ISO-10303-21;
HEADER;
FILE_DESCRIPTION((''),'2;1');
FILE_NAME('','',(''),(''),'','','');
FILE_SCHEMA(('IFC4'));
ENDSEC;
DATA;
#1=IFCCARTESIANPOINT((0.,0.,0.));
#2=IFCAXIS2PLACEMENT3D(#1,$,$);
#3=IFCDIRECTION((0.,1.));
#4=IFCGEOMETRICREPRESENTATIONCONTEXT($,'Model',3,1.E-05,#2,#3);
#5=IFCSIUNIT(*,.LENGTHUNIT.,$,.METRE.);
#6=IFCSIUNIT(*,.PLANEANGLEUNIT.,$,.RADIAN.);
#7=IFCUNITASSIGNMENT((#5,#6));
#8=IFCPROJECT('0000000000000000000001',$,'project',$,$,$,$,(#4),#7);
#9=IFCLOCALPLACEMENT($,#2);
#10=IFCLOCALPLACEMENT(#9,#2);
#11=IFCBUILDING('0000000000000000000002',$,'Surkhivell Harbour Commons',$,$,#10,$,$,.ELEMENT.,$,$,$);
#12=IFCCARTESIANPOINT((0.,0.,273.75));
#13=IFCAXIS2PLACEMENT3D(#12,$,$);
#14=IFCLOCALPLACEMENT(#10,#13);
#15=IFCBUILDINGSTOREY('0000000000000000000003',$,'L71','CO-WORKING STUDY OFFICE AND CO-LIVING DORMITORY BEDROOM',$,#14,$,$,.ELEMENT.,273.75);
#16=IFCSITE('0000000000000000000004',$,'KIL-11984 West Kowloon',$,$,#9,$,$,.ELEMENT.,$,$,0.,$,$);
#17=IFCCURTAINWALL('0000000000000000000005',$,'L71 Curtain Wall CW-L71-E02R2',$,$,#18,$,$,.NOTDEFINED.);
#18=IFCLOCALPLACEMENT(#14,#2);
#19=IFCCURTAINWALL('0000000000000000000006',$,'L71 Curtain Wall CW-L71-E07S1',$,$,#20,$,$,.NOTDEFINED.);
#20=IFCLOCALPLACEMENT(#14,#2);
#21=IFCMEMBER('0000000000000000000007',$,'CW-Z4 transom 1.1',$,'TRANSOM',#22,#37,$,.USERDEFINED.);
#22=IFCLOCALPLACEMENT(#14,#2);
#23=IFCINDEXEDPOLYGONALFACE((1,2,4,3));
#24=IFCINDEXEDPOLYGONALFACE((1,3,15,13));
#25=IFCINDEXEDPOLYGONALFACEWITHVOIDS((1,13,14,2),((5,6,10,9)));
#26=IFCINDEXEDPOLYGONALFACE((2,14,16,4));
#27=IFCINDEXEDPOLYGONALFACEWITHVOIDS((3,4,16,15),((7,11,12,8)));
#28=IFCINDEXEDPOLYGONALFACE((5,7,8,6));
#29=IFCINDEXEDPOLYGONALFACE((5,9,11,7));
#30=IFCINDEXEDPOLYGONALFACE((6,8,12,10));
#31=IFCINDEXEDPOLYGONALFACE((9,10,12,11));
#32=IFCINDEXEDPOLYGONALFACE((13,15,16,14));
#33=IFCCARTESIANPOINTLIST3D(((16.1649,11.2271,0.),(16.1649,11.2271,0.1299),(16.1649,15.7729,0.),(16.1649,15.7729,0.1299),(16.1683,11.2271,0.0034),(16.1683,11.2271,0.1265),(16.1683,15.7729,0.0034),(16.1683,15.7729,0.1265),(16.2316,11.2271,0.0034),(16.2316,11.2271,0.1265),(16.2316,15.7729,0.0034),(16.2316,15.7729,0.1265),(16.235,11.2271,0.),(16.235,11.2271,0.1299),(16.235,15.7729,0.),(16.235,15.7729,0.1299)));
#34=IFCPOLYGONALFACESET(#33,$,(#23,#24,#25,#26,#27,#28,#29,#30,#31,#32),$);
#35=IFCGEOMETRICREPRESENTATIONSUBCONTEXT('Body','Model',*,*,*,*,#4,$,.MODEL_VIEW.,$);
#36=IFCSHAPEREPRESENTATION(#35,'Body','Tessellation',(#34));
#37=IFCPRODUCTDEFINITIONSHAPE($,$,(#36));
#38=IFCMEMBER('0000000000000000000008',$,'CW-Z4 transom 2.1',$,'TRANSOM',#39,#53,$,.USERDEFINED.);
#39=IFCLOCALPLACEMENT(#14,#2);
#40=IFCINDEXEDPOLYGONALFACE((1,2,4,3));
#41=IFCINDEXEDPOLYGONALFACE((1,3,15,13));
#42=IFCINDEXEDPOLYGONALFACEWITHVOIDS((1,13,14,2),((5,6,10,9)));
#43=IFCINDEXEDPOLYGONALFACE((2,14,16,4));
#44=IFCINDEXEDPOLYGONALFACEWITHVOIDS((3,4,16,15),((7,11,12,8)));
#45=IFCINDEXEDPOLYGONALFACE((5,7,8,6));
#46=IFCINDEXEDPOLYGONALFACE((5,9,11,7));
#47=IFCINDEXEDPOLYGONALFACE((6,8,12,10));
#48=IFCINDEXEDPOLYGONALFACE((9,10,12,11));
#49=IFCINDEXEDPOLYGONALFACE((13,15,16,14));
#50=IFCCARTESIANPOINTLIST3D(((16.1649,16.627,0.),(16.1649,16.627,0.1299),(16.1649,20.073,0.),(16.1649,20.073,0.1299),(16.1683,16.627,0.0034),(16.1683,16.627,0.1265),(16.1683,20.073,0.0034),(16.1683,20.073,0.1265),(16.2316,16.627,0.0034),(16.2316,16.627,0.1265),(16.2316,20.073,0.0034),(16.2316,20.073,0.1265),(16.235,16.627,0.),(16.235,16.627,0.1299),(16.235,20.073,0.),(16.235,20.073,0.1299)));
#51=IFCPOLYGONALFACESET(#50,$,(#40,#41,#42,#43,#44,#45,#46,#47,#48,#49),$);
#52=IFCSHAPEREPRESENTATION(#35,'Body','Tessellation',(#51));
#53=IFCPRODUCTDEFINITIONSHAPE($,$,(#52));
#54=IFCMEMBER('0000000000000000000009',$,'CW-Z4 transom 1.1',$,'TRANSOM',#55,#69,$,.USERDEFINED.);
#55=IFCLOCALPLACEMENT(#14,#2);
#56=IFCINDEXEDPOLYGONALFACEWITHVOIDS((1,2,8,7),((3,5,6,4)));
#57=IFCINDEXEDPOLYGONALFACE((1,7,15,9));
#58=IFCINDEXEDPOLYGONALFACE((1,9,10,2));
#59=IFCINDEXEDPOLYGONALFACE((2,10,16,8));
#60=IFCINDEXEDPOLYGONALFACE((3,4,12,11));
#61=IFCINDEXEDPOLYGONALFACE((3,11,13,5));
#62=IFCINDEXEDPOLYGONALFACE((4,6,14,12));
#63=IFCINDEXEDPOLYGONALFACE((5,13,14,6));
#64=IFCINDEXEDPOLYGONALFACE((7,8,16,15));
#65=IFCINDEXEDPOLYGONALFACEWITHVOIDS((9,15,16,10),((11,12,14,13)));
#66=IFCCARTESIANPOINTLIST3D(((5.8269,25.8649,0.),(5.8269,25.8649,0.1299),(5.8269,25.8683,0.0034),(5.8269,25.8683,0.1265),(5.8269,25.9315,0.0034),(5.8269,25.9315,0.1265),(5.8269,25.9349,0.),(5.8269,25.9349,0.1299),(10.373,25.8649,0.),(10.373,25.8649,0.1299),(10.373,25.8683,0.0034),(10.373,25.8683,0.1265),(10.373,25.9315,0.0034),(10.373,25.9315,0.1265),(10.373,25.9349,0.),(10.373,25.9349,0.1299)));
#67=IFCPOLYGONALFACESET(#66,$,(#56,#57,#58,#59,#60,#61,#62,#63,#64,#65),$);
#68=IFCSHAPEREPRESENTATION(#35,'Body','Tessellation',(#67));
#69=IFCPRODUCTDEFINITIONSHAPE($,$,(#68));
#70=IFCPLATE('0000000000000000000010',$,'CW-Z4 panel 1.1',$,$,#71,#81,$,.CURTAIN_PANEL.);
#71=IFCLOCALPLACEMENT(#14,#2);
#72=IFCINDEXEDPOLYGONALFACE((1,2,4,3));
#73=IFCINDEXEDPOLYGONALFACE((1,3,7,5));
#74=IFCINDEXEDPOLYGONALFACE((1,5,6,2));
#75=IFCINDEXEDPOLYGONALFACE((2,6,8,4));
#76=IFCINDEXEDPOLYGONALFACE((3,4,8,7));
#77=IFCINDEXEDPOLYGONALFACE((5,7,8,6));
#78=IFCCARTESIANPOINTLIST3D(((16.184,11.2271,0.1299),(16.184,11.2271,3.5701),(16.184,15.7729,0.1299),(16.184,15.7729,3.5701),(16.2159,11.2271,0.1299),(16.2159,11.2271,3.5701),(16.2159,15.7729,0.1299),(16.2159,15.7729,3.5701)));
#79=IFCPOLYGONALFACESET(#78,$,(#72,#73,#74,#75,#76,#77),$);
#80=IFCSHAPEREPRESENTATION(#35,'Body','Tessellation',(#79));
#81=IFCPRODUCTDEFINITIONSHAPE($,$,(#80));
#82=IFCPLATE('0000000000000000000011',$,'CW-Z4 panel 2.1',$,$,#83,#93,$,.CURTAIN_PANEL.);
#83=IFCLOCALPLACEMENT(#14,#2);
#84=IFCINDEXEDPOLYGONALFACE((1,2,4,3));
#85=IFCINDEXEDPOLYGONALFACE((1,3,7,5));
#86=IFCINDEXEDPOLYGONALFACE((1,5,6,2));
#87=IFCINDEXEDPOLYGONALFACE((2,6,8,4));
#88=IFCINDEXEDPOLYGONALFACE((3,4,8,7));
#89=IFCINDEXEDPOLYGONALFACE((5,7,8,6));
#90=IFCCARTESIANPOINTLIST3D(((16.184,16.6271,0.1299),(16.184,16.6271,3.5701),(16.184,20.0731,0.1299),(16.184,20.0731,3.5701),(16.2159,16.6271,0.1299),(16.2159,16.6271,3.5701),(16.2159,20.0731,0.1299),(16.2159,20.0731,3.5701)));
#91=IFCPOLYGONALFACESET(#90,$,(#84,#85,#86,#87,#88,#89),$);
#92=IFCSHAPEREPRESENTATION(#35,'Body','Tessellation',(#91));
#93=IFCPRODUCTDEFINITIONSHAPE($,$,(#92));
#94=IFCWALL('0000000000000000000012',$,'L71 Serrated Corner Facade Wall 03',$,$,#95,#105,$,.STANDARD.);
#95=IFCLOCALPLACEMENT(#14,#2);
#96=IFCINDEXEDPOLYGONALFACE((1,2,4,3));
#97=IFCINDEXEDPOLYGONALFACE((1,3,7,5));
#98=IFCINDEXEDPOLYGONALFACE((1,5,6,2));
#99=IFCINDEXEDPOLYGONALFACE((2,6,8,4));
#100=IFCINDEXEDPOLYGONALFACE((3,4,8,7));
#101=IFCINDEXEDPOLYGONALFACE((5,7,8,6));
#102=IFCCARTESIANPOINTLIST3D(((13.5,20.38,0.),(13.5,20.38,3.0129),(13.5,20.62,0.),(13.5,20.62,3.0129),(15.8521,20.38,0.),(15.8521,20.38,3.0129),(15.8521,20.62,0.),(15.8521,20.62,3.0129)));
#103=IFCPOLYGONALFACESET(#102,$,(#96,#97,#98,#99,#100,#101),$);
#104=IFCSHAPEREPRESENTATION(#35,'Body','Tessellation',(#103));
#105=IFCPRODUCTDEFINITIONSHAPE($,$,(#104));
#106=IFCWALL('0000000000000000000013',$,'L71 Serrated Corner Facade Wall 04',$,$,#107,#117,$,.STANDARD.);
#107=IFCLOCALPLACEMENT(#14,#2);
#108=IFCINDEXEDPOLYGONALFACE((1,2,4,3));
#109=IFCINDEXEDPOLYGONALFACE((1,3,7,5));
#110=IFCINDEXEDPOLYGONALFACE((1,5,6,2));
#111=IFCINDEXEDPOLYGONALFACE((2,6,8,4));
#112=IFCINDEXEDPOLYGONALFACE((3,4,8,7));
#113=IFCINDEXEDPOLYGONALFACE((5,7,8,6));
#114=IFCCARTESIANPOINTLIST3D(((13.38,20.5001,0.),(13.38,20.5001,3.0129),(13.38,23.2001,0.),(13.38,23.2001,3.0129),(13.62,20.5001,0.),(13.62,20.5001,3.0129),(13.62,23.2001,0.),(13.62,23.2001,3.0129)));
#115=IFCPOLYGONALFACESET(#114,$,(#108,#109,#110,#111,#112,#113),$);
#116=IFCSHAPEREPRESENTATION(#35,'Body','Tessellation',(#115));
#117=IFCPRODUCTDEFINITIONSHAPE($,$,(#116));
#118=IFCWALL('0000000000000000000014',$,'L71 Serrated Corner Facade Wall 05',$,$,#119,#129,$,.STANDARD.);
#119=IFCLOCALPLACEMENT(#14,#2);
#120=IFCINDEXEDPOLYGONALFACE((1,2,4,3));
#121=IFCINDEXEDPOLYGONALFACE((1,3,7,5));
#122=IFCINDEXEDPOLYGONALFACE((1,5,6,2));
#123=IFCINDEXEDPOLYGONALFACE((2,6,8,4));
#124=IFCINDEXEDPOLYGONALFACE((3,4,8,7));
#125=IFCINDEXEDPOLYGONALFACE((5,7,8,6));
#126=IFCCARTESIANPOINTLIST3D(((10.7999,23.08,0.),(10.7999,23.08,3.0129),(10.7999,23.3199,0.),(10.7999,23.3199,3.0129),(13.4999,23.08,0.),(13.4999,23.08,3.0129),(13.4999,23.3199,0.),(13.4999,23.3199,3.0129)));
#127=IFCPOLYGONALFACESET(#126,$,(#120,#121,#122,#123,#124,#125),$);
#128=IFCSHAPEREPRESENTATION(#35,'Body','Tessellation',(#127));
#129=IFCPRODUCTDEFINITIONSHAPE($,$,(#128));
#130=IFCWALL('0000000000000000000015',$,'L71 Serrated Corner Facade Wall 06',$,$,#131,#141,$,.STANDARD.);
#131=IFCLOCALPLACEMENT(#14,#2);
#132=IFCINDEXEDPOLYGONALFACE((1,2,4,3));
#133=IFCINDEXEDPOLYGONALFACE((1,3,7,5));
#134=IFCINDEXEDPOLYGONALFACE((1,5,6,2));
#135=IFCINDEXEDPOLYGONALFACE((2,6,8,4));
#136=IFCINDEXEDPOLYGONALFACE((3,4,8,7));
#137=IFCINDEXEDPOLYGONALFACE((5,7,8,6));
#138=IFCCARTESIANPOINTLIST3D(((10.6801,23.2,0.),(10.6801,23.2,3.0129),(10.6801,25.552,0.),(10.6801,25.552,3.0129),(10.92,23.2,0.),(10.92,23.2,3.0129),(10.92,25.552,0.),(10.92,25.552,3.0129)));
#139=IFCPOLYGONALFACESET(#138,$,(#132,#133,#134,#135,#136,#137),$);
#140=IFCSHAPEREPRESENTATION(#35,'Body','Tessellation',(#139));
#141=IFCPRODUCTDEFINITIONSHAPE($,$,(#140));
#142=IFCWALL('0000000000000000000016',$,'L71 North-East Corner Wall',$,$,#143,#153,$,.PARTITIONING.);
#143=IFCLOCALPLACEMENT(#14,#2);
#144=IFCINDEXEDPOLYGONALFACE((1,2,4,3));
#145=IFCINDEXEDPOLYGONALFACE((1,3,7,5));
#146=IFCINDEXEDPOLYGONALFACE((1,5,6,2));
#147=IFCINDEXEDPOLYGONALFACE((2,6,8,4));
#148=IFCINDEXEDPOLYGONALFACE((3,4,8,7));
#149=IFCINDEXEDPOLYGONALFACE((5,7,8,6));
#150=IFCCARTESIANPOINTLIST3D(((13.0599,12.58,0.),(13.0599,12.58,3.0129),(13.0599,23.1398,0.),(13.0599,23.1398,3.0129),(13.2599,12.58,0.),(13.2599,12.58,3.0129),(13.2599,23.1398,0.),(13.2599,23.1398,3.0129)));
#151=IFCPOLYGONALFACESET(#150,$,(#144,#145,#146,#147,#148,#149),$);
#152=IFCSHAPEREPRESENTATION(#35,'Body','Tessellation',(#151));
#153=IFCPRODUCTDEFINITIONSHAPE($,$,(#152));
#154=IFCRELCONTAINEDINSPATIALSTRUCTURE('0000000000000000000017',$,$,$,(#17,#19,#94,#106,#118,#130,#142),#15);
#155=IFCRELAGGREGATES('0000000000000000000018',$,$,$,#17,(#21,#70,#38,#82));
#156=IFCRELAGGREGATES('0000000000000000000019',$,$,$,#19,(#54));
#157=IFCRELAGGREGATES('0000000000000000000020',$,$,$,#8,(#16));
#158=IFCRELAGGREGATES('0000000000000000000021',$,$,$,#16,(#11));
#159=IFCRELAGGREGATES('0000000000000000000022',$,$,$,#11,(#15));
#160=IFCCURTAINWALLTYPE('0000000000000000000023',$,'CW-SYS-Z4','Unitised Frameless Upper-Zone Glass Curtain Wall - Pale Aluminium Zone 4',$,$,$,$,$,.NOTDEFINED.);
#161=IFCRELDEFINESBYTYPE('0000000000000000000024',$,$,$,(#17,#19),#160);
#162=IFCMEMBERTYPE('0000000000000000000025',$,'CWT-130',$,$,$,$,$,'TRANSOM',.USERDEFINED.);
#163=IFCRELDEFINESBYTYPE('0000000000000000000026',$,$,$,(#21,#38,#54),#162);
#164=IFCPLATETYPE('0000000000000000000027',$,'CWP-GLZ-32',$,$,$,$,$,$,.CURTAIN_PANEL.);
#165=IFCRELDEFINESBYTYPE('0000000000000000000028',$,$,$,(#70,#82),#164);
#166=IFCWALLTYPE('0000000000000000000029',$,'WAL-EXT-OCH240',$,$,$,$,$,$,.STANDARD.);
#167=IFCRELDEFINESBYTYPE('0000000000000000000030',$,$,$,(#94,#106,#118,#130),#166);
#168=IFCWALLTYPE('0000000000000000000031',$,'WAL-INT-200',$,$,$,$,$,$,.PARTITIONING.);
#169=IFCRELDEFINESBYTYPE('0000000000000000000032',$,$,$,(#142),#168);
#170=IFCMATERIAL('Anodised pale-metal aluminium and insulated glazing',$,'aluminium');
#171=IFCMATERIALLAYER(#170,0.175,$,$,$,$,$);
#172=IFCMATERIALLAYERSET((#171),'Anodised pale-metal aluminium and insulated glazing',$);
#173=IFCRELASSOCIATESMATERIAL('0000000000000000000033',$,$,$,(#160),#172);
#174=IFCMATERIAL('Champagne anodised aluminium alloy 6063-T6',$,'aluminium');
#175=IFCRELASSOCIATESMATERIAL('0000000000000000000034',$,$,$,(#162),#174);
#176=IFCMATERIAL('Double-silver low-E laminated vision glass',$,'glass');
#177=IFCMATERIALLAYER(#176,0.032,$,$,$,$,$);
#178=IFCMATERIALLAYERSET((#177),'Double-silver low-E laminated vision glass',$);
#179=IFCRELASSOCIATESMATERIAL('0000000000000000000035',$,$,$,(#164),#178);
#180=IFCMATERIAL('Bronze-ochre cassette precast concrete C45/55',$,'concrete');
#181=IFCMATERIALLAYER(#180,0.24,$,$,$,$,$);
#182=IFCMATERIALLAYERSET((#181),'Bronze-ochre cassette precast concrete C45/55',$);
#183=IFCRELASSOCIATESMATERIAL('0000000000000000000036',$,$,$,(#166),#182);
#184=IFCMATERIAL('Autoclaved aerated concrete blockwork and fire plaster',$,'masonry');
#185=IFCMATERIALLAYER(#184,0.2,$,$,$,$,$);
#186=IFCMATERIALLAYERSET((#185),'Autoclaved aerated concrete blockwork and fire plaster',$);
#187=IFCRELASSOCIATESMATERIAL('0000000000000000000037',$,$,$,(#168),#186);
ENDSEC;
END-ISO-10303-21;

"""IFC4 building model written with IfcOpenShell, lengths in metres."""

from ifc_helpers import new_model, si_unit, direction, frame, frame_2d, origin, origin_2d, place, context, subcontext, project, spatial, rectangle, hollow_rectangle, extrude, material, layer, layer_set, material_profile, profile_set, type_object, element, aggregate, save


model = new_model("IFC4")

# Units and contexts
model_context = context("Model", 3, precision=1e-05, world=origin(), true_north=direction((0.0, 1.0)))
body_context = subcontext(model_context, "Body", "Model", "MODEL_VIEW")
ifc_project = project(units=[si_unit("LENGTHUNIT", "METRE"), si_unit("PLANEANGLEUNIT", "RADIAN")], contexts=[model_context])

# Site, building, storey
site_placement = place(None, origin())
site = spatial("IfcSite", under=ifc_project, at=site_placement, Name="KIL-11984 West Kowloon", CompositionType="ELEMENT", RefElevation=0.0)
building_placement = place(site_placement, origin())
building = spatial("IfcBuilding", under=site, at=building_placement, Name="Surkhivell Harbour Commons", CompositionType="ELEMENT")
storey_placement = place(building_placement, frame((0.0, 0.0, 273.75)))
storey = spatial("IfcBuildingStorey", under=building, at=storey_placement, Name="L71", Description="CO-WORKING STUDY OFFICE AND CO-LIVING DORMITORY BEDROOM", CompositionType="ELEMENT", Elevation=273.75)

# Curtain wall
ifc_material_1 = material(Name="Anodised pale-metal aluminium and insulated glazing", Category="aluminium")
ifc_layer_1 = layer(ifc_material_1, 0.175)
ifc_layer_set_1 = layer_set([ifc_layer_1], Name="Anodised pale-metal aluminium and insulated glazing")
curtain_wall_type = type_object("IfcCurtainWallType", Name="CW-SYS-Z4", Description="Unitised Frameless Upper-Zone Glass Curtain Wall - Pale Aluminium Zone 4", PredefinedType="NOTDEFINED", material=ifc_layer_set_1)
curtain_wall_1_placement = place(storey_placement, origin())
curtain_wall_1 = element("IfcCurtainWall", 1, at=curtain_wall_1_placement, inside=storey, type_object=curtain_wall_type, Name="L71 Curtain Wall CW-L71-E02R2", PredefinedType="NOTDEFINED")

# Curtain wall
curtain_wall_2_placement = place(storey_placement, origin())
curtain_wall_2 = element("IfcCurtainWall", 2, at=curtain_wall_2_placement, inside=storey, type_object=curtain_wall_type, Name="L71 Curtain Wall CW-L71-E07S1", PredefinedType="NOTDEFINED")

# Members
ifc_material_2 = material(Name="Champagne anodised aluminium alloy 6063-T6", Category="aluminium")
ifc_material_profile_1 = material_profile(ifc_material_2, hollow_rectangle(XDim=0.0701, YDim=0.1299, WallThickness=0.0034, at=origin_2d()), Name="ALU-TRAN-70x130")
ifc_profile_set_1 = profile_set([ifc_material_profile_1], Name="Champagne anodised aluminium alloy 6063-T6")
member_type_1 = type_object("IfcMemberType", Name="CWT-130", ElementType="TRANSOM", PredefinedType="USERDEFINED", material=ifc_profile_set_1)
member_1_placement = place(storey_placement, frame((16.2, 11.2271, 0.0649), z_axis=(0.0, 1.0, 0.0), x_axis=(-1.0, 0.0, 0.0)))
member_1 = element("IfcMember", 3, at=member_1_placement, type_object=member_type_1, Name="CW-Z4 transom 1.1", ObjectType="TRANSOM", PredefinedType="USERDEFINED", context=body_context, shape_type="SweptSolid", body=[
    extrude(hollow_rectangle(XDim=0.0701, YDim=0.1299, WallThickness=0.0034, at=origin_2d()), origin(), (0.0, 0.0, 1.0), 4.5459),
])
member_2_placement = place(storey_placement, frame((16.2, 16.627, 0.0649), z_axis=(0.0, 1.0, 0.0), x_axis=(-1.0, 0.0, 0.0)))
member_2 = element("IfcMember", 4, at=member_2_placement, type_object=member_type_1, Name="CW-Z4 transom 2.1", ObjectType="TRANSOM", PredefinedType="USERDEFINED", context=body_context, shape_type="SweptSolid", body=[
    extrude(hollow_rectangle(XDim=0.0701, YDim=0.1299, WallThickness=0.0034, at=origin_2d()), origin(), (0.0, 0.0, 1.0), 3.446),
])
member_3_placement = place(storey_placement, frame((10.373, 25.8999, 0.0649), z_axis=(-1.0, 0.0, 0.0), x_axis=(0.0, -1.0, 0.0)))
member_3 = element("IfcMember", 5, at=member_3_placement, type_object=member_type_1, Name="CW-Z4 transom 1.1", ObjectType="TRANSOM", PredefinedType="USERDEFINED", context=body_context, shape_type="SweptSolid", body=[
    extrude(hollow_rectangle(XDim=0.0701, YDim=0.1299, WallThickness=0.0034, at=origin_2d()), origin(), (0.0, 0.0, 1.0), 4.5461),
])

# Plates
ifc_material_3 = material(Name="Double-silver low-E laminated vision glass", Category="glass")
ifc_layer_2 = layer(ifc_material_3, 0.032)
ifc_layer_set_2 = layer_set([ifc_layer_2], Name="Double-silver low-E laminated vision glass")
plate_type = type_object("IfcPlateType", Name="CWP-GLZ-32", PredefinedType="CURTAIN_PANEL", material=ifc_layer_set_2)
plate_1_placement = place(storey_placement, frame((16.2, 11.2271, 0.1299), z_axis=(0.0, 0.0, 1.0), x_axis=(0.0, 1.0, 0.0)))
plate_1 = element("IfcPlate", 6, at=plate_1_placement, type_object=plate_type, Name="CW-Z4 panel 1.1", PredefinedType="CURTAIN_PANEL", context=body_context, shape_type="SweptSolid", body=[
    extrude(rectangle(XDim=4.5459, YDim=0.032, at=frame_2d((2.2729, 0.0))), origin(), (0.0, 0.0, 1.0), 3.4402),
])
plate_2_placement = place(storey_placement, frame((16.2, 16.627, 0.1299), z_axis=(0.0, 0.0, 1.0), x_axis=(0.0, 1.0, 0.0)))
plate_2 = element("IfcPlate", 7, at=plate_2_placement, type_object=plate_type, Name="CW-Z4 panel 2.1", PredefinedType="CURTAIN_PANEL", context=body_context, shape_type="SweptSolid", body=[
    extrude(rectangle(XDim=3.446, YDim=0.032, at=frame_2d((1.7231, 0.0))), origin(), (0.0, 0.0, 1.0), 3.4402),
])
aggregate(curtain_wall_1, [member_1, plate_1, member_2, plate_2])
aggregate(curtain_wall_2, [member_3])

# Walls
ifc_material_4 = material(Name="Bronze-ochre cassette precast concrete C45/55", Category="concrete")
ifc_layer_3 = layer(ifc_material_4, 0.24)
ifc_layer_set_3 = layer_set([ifc_layer_3], Name="Bronze-ochre cassette precast concrete C45/55")
wall_type_1 = type_object("IfcWallType", Name="WAL-EXT-OCH240", PredefinedType="STANDARD", material=ifc_layer_set_3)
wall_1_placement = place(storey_placement, frame((15.8521, 20.5, 0.0), z_axis=(0.0, 0.0, 1.0), x_axis=(-1.0, 0.0, 0.0)))
element("IfcWall", 8, at=wall_1_placement, inside=storey, type_object=wall_type_1, Name="L71 Serrated Corner Facade Wall 03", PredefinedType="STANDARD", context=body_context, shape_type="SweptSolid", body=[
    extrude(rectangle(XDim=2.3521, YDim=0.24, at=frame_2d((1.176, 0.0))), origin(), (0.0, 0.0, 1.0), 3.0129),
])
for number, where, z_axis, x_axis, name in (
    (9, (13.5, 20.5, 0.0), (0.0, 0.0, 1.0), (0.0, 1.0, 0.0), "L71 Serrated Corner Facade Wall 04"),
    (10, (13.5, 23.2, 0.0), (0.0, 0.0, 1.0), (-1.0, 0.0, 0.0), "L71 Serrated Corner Facade Wall 05"),
):
    element("IfcWall", number, at=place(storey_placement, frame(where, z_axis=z_axis, x_axis=x_axis)), inside=storey, type_object=wall_type_1, Name=name, PredefinedType="STANDARD", context=body_context, shape_type="SweptSolid", body=[
        extrude(rectangle(XDim=2.7, YDim=0.24, at=frame_2d((1.3501, 0.0))), origin(), (0.0, 0.0, 1.0), 3.0129),
    ])
wall_2_placement = place(storey_placement, frame((10.8, 23.2, 0.0), z_axis=(0.0, 0.0, 1.0), x_axis=(0.0, 1.0, 0.0)))
element("IfcWall", 11, at=wall_2_placement, inside=storey, type_object=wall_type_1, Name="L71 Serrated Corner Facade Wall 06", PredefinedType="STANDARD", context=body_context, shape_type="SweptSolid", body=[
    extrude(rectangle(XDim=2.3521, YDim=0.24, at=frame_2d((1.176, 0.0))), origin(), (0.0, 0.0, 1.0), 3.0129),
])
ifc_material_5 = material(Name="Autoclaved aerated concrete blockwork and fire plaster", Category="masonry")
ifc_layer_4 = layer(ifc_material_5, 0.2)
ifc_layer_set_4 = layer_set([ifc_layer_4], Name="Autoclaved aerated concrete blockwork and fire plaster")
wall_type_2 = type_object("IfcWallType", Name="WAL-INT-200", PredefinedType="PARTITIONING", material=ifc_layer_set_4)
wall_3_placement = place(storey_placement, frame((13.1599, 12.5801, 0.0), z_axis=(0.0, 0.0, 1.0), x_axis=(0.0, 1.0, 0.0)))
element("IfcWall", 12, at=wall_3_placement, inside=storey, type_object=wall_type_2, Name="L71 North-East Corner Wall", PredefinedType="PARTITIONING", context=body_context, shape_type="SweptSolid", body=[
    extrude(rectangle(XDim=10.5598, YDim=0.2, at=frame_2d((5.2798, 0.0))), origin(), (0.0, 0.0, 1.0), 3.0129),
])

save(model, "model.ifc")
